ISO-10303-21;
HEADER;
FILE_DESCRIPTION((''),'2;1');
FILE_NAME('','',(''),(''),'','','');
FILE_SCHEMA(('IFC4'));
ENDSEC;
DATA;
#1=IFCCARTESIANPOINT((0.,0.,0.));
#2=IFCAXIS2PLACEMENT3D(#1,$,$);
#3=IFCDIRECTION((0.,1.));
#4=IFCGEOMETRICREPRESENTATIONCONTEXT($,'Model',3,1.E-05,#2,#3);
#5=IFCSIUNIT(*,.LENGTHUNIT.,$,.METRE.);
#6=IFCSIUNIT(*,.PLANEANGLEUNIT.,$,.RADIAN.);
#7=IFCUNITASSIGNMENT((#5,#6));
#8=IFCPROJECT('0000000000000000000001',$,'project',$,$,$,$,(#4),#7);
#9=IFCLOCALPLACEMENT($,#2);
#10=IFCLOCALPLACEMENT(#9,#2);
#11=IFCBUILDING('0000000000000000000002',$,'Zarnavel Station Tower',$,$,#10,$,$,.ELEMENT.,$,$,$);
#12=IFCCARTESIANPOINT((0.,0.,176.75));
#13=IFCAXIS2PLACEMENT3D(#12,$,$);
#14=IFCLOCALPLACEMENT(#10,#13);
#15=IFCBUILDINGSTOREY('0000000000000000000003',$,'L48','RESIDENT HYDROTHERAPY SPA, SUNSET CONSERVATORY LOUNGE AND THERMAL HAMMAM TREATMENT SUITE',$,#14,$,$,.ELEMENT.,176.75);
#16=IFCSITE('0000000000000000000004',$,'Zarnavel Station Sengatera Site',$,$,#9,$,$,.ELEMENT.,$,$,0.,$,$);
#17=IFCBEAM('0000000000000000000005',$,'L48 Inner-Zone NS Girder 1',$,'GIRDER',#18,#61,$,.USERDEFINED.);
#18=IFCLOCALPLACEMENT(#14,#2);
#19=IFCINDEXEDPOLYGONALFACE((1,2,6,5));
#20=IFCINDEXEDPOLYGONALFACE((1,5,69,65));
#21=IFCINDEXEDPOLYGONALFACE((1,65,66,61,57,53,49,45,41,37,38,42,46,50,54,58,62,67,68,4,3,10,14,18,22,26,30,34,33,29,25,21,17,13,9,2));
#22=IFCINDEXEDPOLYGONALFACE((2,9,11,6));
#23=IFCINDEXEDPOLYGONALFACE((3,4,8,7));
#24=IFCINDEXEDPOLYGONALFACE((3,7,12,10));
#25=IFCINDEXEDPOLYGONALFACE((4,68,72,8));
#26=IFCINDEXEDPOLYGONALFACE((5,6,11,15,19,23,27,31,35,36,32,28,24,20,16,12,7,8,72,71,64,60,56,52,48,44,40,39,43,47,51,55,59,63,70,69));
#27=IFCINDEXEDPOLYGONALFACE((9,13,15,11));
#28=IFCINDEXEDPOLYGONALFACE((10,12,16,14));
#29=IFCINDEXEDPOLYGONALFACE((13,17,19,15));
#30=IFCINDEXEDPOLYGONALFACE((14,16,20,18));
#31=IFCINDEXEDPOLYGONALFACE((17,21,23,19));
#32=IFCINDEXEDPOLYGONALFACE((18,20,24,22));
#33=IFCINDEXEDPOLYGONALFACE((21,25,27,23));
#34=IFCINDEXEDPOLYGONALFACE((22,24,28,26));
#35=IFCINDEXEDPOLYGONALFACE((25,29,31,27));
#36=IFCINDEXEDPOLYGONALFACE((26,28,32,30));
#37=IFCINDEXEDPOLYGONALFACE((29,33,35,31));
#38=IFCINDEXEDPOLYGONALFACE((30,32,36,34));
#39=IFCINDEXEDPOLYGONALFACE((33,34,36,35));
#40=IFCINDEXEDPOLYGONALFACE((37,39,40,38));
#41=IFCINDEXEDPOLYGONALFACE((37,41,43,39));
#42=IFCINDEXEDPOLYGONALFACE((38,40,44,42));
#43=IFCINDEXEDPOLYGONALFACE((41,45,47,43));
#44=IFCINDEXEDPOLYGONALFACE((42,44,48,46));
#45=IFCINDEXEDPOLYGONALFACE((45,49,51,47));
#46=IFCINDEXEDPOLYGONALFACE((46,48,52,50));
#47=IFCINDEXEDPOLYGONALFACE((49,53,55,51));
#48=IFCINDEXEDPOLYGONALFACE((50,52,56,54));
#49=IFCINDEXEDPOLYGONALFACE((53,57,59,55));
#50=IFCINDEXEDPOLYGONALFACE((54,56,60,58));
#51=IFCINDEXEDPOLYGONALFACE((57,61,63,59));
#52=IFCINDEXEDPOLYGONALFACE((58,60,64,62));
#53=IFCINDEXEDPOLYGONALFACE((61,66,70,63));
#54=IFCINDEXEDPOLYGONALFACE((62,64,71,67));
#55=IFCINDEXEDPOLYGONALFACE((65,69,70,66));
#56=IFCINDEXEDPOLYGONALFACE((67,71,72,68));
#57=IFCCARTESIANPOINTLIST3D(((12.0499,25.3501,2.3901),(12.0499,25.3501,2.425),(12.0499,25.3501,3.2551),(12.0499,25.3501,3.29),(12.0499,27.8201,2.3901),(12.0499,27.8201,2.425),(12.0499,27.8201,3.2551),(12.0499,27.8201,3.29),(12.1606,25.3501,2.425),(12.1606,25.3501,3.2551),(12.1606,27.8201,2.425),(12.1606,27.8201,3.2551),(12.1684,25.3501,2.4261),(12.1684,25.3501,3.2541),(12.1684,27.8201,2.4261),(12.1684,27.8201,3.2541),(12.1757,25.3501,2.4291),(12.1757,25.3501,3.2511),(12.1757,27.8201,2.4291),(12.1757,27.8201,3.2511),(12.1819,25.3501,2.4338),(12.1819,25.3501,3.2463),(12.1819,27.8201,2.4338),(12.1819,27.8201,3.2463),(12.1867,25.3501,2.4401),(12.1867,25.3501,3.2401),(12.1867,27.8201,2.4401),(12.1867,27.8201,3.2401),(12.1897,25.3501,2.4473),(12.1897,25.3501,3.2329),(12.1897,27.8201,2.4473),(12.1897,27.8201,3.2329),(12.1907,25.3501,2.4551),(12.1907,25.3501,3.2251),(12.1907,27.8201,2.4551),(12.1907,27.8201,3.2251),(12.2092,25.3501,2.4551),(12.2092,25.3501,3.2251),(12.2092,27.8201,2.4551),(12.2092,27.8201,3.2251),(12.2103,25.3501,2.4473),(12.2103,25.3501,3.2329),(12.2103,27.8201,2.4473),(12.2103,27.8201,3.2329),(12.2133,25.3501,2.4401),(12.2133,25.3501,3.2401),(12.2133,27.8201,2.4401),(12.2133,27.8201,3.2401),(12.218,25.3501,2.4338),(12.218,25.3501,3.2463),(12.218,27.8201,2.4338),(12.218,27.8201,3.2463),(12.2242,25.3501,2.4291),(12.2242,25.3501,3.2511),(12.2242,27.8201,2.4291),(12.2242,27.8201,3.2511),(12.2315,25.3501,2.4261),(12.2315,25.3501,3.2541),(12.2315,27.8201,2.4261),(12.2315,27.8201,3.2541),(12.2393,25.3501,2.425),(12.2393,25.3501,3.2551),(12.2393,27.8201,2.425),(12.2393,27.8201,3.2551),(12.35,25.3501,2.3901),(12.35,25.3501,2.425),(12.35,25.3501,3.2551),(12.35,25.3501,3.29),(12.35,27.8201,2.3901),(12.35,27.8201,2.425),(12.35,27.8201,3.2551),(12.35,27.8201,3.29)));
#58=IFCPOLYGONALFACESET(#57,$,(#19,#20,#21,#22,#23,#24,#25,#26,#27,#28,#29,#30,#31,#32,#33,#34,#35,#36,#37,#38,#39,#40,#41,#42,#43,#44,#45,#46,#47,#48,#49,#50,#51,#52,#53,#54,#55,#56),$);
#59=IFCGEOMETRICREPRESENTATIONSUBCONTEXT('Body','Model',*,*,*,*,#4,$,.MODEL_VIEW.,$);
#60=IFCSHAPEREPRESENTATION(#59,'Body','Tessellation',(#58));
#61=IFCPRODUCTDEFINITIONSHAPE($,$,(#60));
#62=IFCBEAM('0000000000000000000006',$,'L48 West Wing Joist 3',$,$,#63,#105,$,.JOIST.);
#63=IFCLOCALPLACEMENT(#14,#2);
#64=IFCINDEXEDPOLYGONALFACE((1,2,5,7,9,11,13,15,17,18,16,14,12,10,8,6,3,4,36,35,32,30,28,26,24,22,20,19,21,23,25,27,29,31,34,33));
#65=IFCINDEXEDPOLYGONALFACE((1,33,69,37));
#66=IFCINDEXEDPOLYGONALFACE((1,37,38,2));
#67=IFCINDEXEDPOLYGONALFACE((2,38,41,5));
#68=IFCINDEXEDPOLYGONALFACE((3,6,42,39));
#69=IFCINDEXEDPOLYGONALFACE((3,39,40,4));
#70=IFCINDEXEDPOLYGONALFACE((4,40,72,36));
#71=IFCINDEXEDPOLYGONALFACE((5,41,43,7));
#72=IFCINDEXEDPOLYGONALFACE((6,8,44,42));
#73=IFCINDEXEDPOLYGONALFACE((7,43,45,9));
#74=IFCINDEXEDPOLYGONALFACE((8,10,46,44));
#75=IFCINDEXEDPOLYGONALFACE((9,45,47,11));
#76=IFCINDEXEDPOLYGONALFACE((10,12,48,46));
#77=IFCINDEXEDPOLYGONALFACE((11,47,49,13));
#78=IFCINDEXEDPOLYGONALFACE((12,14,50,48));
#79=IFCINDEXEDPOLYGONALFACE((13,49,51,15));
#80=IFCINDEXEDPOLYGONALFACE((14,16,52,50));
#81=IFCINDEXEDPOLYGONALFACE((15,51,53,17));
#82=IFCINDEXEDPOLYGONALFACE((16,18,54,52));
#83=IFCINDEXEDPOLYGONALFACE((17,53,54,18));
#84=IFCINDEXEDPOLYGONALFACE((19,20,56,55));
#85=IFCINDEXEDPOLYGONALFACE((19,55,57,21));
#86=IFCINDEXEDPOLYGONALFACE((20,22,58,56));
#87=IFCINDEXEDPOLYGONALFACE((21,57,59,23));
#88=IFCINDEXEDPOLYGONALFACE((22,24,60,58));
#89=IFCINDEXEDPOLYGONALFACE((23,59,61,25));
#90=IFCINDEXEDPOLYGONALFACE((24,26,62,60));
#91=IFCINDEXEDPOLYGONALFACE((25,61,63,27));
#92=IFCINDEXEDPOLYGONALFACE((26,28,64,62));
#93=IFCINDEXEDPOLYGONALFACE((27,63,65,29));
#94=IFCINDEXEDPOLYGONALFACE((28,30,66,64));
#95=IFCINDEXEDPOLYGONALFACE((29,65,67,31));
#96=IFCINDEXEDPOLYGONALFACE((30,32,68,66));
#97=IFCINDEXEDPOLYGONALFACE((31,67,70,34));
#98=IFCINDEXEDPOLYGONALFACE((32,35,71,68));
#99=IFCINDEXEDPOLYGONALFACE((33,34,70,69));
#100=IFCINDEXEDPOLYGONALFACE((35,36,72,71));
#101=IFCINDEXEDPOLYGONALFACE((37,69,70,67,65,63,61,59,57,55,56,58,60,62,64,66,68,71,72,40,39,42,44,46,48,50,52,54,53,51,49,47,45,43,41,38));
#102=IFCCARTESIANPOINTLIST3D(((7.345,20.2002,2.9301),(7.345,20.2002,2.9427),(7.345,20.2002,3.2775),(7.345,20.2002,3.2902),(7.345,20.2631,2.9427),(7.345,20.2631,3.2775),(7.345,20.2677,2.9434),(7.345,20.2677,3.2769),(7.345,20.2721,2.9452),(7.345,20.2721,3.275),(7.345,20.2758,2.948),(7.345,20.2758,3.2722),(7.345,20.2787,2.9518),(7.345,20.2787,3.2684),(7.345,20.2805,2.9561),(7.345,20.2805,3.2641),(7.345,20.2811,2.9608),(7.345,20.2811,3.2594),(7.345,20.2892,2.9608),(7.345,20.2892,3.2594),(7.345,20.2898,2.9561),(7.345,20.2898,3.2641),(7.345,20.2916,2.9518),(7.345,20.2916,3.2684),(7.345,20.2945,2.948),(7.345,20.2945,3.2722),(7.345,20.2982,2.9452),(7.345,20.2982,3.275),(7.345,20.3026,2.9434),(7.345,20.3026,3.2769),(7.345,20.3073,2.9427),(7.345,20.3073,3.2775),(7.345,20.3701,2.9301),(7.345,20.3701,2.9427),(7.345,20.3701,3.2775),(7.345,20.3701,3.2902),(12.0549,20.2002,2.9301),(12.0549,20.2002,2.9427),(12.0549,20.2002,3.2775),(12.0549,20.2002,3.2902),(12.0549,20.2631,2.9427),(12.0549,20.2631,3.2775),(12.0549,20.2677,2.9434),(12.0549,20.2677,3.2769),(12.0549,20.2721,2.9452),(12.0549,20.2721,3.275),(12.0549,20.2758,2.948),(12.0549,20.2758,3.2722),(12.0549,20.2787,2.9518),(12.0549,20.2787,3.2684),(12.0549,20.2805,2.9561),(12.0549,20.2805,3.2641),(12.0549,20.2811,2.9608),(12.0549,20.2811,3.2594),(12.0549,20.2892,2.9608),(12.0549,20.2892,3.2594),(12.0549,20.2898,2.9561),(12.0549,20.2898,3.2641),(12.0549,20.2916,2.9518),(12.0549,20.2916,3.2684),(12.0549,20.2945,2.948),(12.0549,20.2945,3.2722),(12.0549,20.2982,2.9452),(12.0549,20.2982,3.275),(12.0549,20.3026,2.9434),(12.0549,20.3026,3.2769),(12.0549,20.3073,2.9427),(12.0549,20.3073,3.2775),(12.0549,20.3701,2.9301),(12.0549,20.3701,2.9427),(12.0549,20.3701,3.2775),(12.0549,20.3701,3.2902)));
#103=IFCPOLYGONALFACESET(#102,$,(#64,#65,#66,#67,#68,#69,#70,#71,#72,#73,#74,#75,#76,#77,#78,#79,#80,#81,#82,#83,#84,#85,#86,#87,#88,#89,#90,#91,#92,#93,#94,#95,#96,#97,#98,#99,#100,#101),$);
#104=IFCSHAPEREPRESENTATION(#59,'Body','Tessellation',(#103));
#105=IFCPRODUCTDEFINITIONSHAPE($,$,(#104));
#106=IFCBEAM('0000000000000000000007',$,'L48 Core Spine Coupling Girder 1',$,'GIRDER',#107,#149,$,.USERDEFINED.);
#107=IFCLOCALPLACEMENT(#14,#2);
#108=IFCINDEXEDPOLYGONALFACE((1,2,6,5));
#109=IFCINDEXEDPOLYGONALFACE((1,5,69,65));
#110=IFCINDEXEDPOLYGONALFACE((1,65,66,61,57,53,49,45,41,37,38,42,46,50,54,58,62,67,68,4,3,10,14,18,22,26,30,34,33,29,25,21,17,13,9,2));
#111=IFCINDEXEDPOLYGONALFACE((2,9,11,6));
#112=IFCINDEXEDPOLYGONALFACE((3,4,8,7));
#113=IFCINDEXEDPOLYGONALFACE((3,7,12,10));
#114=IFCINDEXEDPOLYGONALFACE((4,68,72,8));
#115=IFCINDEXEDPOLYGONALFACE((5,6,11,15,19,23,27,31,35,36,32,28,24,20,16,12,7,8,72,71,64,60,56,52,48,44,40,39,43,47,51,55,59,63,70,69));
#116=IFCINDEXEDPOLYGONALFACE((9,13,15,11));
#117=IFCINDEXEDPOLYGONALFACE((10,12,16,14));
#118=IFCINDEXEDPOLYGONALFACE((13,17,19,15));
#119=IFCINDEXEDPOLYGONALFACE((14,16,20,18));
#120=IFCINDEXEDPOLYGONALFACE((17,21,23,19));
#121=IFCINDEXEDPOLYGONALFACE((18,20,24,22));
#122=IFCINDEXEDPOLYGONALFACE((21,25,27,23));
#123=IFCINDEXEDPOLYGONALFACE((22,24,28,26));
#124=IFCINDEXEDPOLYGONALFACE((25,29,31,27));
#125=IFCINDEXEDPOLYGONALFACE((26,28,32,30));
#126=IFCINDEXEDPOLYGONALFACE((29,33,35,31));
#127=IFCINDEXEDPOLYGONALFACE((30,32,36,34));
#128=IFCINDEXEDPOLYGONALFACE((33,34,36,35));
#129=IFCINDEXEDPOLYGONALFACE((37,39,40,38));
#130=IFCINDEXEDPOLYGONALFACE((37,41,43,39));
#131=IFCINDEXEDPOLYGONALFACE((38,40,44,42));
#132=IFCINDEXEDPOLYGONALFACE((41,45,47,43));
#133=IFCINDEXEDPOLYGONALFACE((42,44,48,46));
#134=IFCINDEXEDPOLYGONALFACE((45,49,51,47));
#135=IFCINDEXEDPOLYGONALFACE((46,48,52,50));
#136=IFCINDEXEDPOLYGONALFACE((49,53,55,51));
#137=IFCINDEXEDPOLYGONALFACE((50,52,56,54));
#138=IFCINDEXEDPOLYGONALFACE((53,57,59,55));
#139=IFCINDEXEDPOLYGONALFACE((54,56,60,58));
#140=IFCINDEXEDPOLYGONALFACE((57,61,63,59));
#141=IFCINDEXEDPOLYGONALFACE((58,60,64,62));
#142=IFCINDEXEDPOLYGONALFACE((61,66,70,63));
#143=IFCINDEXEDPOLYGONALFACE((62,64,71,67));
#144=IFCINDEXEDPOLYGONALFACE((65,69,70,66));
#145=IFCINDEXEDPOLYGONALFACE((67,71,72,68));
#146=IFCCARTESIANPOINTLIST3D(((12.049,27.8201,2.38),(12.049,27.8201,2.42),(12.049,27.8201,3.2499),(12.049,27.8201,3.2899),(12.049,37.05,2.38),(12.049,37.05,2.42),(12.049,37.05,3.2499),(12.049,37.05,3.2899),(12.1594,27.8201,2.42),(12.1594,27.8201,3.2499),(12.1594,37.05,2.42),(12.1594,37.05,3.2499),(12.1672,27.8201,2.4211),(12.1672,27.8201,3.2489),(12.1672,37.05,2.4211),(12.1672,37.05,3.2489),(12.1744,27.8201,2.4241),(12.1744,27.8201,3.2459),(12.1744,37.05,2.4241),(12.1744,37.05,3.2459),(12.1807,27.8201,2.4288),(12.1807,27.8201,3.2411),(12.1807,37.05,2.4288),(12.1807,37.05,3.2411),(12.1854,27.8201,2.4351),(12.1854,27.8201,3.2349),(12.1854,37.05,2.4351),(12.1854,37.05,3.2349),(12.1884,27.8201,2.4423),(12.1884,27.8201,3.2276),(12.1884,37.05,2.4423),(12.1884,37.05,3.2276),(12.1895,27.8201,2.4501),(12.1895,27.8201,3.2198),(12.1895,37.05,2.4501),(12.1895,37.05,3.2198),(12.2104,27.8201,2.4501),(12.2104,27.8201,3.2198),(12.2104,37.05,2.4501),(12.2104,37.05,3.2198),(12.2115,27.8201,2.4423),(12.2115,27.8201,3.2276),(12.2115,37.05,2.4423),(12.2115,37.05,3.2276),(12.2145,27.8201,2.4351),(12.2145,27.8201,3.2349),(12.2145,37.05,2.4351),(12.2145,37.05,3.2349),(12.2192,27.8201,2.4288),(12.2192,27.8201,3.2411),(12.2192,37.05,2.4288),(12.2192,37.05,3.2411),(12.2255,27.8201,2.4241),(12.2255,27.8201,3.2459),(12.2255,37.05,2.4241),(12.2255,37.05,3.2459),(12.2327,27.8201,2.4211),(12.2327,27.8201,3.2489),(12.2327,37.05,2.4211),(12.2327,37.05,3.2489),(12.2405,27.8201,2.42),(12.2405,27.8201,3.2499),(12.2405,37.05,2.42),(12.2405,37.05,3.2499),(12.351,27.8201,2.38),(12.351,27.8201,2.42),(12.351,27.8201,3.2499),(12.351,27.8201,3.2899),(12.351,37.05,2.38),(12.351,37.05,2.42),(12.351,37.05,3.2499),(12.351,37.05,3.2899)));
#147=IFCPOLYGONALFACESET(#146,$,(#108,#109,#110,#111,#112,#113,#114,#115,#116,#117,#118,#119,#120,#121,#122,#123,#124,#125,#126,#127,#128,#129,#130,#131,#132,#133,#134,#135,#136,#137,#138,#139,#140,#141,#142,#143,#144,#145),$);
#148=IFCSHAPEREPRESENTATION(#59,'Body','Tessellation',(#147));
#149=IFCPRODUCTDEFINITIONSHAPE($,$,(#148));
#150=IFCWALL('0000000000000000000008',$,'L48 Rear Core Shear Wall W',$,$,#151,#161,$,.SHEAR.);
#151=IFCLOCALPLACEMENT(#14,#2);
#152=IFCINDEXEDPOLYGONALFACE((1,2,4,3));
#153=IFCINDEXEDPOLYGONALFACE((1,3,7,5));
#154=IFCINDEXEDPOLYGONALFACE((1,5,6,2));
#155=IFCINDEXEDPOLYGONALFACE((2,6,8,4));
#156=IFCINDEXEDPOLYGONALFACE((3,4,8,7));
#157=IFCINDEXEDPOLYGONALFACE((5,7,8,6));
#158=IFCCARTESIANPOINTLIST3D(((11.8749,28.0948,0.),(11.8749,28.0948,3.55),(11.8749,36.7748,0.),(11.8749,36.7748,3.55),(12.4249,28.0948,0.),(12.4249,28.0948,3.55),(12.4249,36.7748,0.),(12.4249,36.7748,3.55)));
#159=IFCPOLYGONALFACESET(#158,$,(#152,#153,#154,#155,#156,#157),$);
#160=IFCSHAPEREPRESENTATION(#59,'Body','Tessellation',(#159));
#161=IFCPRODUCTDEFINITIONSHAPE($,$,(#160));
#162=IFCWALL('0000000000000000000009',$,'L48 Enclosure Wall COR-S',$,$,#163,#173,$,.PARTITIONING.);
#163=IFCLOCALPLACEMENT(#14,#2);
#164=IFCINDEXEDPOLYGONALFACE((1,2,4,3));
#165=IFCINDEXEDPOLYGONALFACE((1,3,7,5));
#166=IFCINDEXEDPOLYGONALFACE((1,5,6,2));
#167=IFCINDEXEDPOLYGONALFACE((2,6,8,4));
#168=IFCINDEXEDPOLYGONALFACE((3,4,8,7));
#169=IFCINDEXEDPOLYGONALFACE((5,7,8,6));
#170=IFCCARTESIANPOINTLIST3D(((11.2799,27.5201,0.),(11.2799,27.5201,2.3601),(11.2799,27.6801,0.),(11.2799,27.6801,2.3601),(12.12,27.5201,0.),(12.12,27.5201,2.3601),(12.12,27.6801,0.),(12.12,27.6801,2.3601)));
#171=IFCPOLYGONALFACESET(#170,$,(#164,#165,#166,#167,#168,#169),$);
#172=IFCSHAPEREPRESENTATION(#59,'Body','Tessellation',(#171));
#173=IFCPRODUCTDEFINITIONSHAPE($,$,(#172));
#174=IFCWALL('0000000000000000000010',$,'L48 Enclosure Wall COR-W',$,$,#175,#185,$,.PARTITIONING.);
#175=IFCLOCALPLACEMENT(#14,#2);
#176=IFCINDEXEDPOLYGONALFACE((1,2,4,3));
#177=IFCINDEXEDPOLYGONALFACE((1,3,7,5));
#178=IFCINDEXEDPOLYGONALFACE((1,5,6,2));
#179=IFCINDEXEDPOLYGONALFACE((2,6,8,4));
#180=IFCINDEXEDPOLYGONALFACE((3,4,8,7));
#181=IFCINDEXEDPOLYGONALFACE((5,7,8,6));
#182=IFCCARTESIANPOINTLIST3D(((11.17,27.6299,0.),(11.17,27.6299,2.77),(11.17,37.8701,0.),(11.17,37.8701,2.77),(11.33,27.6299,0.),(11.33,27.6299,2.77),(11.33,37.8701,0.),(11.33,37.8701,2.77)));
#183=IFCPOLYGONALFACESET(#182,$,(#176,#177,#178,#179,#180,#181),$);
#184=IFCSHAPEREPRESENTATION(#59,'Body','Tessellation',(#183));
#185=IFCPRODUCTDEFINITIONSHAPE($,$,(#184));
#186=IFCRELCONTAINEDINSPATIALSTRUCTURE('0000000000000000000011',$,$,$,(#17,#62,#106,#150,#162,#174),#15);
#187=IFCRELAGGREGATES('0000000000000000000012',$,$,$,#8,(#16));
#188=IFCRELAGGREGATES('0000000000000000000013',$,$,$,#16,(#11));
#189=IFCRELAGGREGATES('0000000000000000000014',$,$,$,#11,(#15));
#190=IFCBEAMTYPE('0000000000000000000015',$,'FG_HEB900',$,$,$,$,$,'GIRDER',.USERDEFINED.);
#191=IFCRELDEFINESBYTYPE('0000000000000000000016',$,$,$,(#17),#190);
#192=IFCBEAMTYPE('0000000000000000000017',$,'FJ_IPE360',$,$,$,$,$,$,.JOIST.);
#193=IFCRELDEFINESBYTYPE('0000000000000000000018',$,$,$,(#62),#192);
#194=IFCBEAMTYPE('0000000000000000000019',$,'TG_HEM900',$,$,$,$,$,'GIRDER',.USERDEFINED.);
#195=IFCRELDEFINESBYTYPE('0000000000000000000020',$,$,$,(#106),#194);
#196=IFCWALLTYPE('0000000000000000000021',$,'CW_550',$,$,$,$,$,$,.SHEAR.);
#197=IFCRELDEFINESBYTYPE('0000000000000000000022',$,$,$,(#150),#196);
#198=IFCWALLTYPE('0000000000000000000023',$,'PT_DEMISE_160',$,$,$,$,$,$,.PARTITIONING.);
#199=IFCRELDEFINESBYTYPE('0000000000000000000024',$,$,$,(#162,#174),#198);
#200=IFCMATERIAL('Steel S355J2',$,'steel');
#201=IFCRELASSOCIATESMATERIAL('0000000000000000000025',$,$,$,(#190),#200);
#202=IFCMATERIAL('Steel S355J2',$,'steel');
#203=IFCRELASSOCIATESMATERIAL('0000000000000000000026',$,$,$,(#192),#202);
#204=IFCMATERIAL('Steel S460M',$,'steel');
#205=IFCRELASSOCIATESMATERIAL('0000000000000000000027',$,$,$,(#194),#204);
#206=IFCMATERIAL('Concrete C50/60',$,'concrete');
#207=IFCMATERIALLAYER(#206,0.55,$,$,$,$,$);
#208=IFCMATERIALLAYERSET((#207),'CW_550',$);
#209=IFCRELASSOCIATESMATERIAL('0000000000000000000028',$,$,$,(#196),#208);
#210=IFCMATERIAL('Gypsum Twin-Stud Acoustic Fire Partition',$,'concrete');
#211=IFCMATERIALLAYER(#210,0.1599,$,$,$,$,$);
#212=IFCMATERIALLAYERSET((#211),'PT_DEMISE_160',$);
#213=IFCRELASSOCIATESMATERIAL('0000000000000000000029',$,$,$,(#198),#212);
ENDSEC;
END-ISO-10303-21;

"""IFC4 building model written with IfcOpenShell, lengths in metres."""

from ifc_helpers import new_model, si_unit, direction, frame, frame_2d, origin, origin_2d, place, context, subcontext, project, spatial, rectangle, i_section, extrude, material, layer, layer_set, material_profile, profile_set, type_object, element, save


model = new_model("IFC4")

# Units and contexts
model_context = context("Model", 3, precision=1e-05, world=origin(), true_north=direction((0.0, 1.0)))
body_context = subcontext(model_context, "Body", "Model", "MODEL_VIEW")
ifc_project = project(units=[si_unit("LENGTHUNIT", "METRE"), si_unit("PLANEANGLEUNIT", "RADIAN")], contexts=[model_context])

# Site, building, storey
site_placement = place(None, origin())
site = spatial("IfcSite", under=ifc_project, at=site_placement, Name="Zarnavel Station Sengatera Site", CompositionType="ELEMENT", RefElevation=0.0)
building_placement = place(site_placement, origin())
building = spatial("IfcBuilding", under=site, at=building_placement, Name="Zarnavel Station Tower", CompositionType="ELEMENT")
storey_placement = place(building_placement, frame((0.0, 0.0, 176.75)))
storey = spatial("IfcBuildingStorey", under=building, at=storey_placement, Name="L48", Description="RESIDENT HYDROTHERAPY SPA, SUNSET CONSERVATORY LOUNGE AND THERMAL HAMMAM TREATMENT SUITE", CompositionType="ELEMENT", Elevation=176.75)

# Beams
ifc_material_1 = material(Name="Steel S355J2", Category="steel")
ifc_material_profile_1 = material_profile(ifc_material_1, i_section(OverallWidth=0.3, OverallDepth=0.8999, WebThickness=0.0186, FlangeThickness=0.0349, FilletRadius=0.03, at=origin_2d()), Name="HEB900")
ifc_profile_set_1 = profile_set([ifc_material_profile_1], Name="Steel S355J2")
beam_type_1 = type_object("IfcBeamType", Name="FG_HEB900", ElementType="GIRDER", PredefinedType="USERDEFINED", material=ifc_profile_set_1)
beam_1_placement = place(storey_placement, frame((12.2, 25.3501, 2.8401), z_axis=(0.0, 1.0, 0.0), x_axis=(-1.0, 0.0, 0.0)))
element("IfcBeam", 1, at=beam_1_placement, inside=storey, type_object=beam_type_1, Name="L48 Inner-Zone NS Girder 1", ObjectType="GIRDER", PredefinedType="USERDEFINED", context=body_context, shape_type="SweptSolid", body=[
    extrude(i_section(OverallWidth=0.3, OverallDepth=0.8999, WebThickness=0.0186, FlangeThickness=0.0349, FilletRadius=0.03, at=origin_2d()), origin(), (0.0, 0.0, 1.0), 2.47),
])
ifc_material_2 = material(Name="Steel S355J2", Category="steel")
ifc_material_profile_2 = material_profile(ifc_material_2, i_section(OverallWidth=0.1699, OverallDepth=0.3601, WebThickness=0.0081, FlangeThickness=0.0127, FilletRadius=0.0181, at=origin_2d()), Name="IPE360")
ifc_profile_set_2 = profile_set([ifc_material_profile_2], Name="Steel S355J2")
beam_type_2 = type_object("IfcBeamType", Name="FJ_IPE360", PredefinedType="JOIST", material=ifc_profile_set_2)
beam_2_placement = place(storey_placement, frame((7.345, 20.2852, 3.1101), z_axis=(1.0, 0.0, 0.0), x_axis=(0.0, 1.0, 0.0)))
element("IfcBeam", 2, at=beam_2_placement, inside=storey, type_object=beam_type_2, Name="L48 West Wing Joist 3", PredefinedType="JOIST", context=body_context, shape_type="SweptSolid", body=[
    extrude(i_section(OverallWidth=0.1699, OverallDepth=0.3601, WebThickness=0.0081, FlangeThickness=0.0127, FilletRadius=0.0181, at=origin_2d()), origin(), (0.0, 0.0, 1.0), 4.71),
])
ifc_material_3 = material(Name="Steel S460M", Category="steel")
ifc_material_profile_3 = material_profile(ifc_material_3, i_section(OverallWidth=0.302, OverallDepth=0.9099, WebThickness=0.021, FlangeThickness=0.04, FilletRadius=0.03, at=origin_2d()), Name="HEM900")
ifc_profile_set_3 = profile_set([ifc_material_profile_3], Name="Steel S460M")
beam_type_3 = type_object("IfcBeamType", Name="TG_HEM900", ElementType="GIRDER", PredefinedType="USERDEFINED", material=ifc_profile_set_3)
beam_3_placement = place(storey_placement, frame((12.2, 27.8201, 2.835), z_axis=(0.0, 1.0, 0.0), x_axis=(-1.0, 0.0, 0.0)))
element("IfcBeam", 3, at=beam_3_placement, inside=storey, type_object=beam_type_3, Name="L48 Core Spine Coupling Girder 1", ObjectType="GIRDER", PredefinedType="USERDEFINED", context=body_context, shape_type="SweptSolid", body=[
    extrude(i_section(OverallWidth=0.302, OverallDepth=0.9099, WebThickness=0.021, FlangeThickness=0.04, FilletRadius=0.03, at=origin_2d()), origin(), (0.0, 0.0, 1.0), 9.23),
])

# Wall
ifc_material_4 = material(Name="Concrete C50/60", Category="concrete")
ifc_layer_1 = layer(ifc_material_4, 0.55)
ifc_layer_set_1 = layer_set([ifc_layer_1], Name="CW_550")
wall_type_1 = type_object("IfcWallType", Name="CW_550", PredefinedType="SHEAR", material=ifc_layer_set_1)
wall_1_placement = place(storey_placement, frame((12.1499, 28.095, 0.0), z_axis=(0.0, 0.0, 1.0), x_axis=(0.0, 1.0, 0.0)))
element("IfcWall", 4, at=wall_1_placement, inside=storey, type_object=wall_type_1, Name="L48 Rear Core Shear Wall W", PredefinedType="SHEAR", context=body_context, shape_type="SweptSolid", body=[
    extrude(rectangle(XDim=8.6799, YDim=0.55, at=frame_2d((4.3398, 0.0))), origin(), (0.0, 0.0, 1.0), 3.55),
])

# Shared definitions
ifc_material_5 = material(Name="Gypsum Twin-Stud Acoustic Fire Partition", Category="concrete")
ifc_layer_2 = layer(ifc_material_5, 0.1599)
ifc_layer_set_2 = layer_set([ifc_layer_2], Name="PT_DEMISE_160")
wall_type_2 = type_object("IfcWallType", Name="PT_DEMISE_160", PredefinedType="PARTITIONING", material=ifc_layer_set_2)

# Walls
wall_2_placement = place(storey_placement, frame((11.28, 27.6001, 0.0), z_axis=(0.0, 0.0, 1.0), x_axis=(1.0, 0.0, 0.0)))
element("IfcWall", 5, at=wall_2_placement, inside=storey, type_object=wall_type_2, Name="L48 Enclosure Wall COR-S", PredefinedType="PARTITIONING", context=body_context, shape_type="SweptSolid", body=[
    extrude(rectangle(XDim=0.8401, YDim=0.1599, at=frame_2d((0.4199, 0.0))), origin(), (0.0, 0.0, 1.0), 2.3601),
])
wall_3_placement = place(storey_placement, frame((11.25, 27.6299, 0.0), z_axis=(0.0, 0.0, 1.0), x_axis=(0.0, 1.0, 0.0)))
element("IfcWall", 6, at=wall_3_placement, inside=storey, type_object=wall_type_2, Name="L48 Enclosure Wall COR-W", PredefinedType="PARTITIONING", context=body_context, shape_type="SweptSolid", body=[
    extrude(rectangle(XDim=10.2402, YDim=0.1599, at=frame_2d((5.1201, 0.0))), origin(), (0.0, 0.0, 1.0), 2.77),
])

save(model, "model.ifc")
